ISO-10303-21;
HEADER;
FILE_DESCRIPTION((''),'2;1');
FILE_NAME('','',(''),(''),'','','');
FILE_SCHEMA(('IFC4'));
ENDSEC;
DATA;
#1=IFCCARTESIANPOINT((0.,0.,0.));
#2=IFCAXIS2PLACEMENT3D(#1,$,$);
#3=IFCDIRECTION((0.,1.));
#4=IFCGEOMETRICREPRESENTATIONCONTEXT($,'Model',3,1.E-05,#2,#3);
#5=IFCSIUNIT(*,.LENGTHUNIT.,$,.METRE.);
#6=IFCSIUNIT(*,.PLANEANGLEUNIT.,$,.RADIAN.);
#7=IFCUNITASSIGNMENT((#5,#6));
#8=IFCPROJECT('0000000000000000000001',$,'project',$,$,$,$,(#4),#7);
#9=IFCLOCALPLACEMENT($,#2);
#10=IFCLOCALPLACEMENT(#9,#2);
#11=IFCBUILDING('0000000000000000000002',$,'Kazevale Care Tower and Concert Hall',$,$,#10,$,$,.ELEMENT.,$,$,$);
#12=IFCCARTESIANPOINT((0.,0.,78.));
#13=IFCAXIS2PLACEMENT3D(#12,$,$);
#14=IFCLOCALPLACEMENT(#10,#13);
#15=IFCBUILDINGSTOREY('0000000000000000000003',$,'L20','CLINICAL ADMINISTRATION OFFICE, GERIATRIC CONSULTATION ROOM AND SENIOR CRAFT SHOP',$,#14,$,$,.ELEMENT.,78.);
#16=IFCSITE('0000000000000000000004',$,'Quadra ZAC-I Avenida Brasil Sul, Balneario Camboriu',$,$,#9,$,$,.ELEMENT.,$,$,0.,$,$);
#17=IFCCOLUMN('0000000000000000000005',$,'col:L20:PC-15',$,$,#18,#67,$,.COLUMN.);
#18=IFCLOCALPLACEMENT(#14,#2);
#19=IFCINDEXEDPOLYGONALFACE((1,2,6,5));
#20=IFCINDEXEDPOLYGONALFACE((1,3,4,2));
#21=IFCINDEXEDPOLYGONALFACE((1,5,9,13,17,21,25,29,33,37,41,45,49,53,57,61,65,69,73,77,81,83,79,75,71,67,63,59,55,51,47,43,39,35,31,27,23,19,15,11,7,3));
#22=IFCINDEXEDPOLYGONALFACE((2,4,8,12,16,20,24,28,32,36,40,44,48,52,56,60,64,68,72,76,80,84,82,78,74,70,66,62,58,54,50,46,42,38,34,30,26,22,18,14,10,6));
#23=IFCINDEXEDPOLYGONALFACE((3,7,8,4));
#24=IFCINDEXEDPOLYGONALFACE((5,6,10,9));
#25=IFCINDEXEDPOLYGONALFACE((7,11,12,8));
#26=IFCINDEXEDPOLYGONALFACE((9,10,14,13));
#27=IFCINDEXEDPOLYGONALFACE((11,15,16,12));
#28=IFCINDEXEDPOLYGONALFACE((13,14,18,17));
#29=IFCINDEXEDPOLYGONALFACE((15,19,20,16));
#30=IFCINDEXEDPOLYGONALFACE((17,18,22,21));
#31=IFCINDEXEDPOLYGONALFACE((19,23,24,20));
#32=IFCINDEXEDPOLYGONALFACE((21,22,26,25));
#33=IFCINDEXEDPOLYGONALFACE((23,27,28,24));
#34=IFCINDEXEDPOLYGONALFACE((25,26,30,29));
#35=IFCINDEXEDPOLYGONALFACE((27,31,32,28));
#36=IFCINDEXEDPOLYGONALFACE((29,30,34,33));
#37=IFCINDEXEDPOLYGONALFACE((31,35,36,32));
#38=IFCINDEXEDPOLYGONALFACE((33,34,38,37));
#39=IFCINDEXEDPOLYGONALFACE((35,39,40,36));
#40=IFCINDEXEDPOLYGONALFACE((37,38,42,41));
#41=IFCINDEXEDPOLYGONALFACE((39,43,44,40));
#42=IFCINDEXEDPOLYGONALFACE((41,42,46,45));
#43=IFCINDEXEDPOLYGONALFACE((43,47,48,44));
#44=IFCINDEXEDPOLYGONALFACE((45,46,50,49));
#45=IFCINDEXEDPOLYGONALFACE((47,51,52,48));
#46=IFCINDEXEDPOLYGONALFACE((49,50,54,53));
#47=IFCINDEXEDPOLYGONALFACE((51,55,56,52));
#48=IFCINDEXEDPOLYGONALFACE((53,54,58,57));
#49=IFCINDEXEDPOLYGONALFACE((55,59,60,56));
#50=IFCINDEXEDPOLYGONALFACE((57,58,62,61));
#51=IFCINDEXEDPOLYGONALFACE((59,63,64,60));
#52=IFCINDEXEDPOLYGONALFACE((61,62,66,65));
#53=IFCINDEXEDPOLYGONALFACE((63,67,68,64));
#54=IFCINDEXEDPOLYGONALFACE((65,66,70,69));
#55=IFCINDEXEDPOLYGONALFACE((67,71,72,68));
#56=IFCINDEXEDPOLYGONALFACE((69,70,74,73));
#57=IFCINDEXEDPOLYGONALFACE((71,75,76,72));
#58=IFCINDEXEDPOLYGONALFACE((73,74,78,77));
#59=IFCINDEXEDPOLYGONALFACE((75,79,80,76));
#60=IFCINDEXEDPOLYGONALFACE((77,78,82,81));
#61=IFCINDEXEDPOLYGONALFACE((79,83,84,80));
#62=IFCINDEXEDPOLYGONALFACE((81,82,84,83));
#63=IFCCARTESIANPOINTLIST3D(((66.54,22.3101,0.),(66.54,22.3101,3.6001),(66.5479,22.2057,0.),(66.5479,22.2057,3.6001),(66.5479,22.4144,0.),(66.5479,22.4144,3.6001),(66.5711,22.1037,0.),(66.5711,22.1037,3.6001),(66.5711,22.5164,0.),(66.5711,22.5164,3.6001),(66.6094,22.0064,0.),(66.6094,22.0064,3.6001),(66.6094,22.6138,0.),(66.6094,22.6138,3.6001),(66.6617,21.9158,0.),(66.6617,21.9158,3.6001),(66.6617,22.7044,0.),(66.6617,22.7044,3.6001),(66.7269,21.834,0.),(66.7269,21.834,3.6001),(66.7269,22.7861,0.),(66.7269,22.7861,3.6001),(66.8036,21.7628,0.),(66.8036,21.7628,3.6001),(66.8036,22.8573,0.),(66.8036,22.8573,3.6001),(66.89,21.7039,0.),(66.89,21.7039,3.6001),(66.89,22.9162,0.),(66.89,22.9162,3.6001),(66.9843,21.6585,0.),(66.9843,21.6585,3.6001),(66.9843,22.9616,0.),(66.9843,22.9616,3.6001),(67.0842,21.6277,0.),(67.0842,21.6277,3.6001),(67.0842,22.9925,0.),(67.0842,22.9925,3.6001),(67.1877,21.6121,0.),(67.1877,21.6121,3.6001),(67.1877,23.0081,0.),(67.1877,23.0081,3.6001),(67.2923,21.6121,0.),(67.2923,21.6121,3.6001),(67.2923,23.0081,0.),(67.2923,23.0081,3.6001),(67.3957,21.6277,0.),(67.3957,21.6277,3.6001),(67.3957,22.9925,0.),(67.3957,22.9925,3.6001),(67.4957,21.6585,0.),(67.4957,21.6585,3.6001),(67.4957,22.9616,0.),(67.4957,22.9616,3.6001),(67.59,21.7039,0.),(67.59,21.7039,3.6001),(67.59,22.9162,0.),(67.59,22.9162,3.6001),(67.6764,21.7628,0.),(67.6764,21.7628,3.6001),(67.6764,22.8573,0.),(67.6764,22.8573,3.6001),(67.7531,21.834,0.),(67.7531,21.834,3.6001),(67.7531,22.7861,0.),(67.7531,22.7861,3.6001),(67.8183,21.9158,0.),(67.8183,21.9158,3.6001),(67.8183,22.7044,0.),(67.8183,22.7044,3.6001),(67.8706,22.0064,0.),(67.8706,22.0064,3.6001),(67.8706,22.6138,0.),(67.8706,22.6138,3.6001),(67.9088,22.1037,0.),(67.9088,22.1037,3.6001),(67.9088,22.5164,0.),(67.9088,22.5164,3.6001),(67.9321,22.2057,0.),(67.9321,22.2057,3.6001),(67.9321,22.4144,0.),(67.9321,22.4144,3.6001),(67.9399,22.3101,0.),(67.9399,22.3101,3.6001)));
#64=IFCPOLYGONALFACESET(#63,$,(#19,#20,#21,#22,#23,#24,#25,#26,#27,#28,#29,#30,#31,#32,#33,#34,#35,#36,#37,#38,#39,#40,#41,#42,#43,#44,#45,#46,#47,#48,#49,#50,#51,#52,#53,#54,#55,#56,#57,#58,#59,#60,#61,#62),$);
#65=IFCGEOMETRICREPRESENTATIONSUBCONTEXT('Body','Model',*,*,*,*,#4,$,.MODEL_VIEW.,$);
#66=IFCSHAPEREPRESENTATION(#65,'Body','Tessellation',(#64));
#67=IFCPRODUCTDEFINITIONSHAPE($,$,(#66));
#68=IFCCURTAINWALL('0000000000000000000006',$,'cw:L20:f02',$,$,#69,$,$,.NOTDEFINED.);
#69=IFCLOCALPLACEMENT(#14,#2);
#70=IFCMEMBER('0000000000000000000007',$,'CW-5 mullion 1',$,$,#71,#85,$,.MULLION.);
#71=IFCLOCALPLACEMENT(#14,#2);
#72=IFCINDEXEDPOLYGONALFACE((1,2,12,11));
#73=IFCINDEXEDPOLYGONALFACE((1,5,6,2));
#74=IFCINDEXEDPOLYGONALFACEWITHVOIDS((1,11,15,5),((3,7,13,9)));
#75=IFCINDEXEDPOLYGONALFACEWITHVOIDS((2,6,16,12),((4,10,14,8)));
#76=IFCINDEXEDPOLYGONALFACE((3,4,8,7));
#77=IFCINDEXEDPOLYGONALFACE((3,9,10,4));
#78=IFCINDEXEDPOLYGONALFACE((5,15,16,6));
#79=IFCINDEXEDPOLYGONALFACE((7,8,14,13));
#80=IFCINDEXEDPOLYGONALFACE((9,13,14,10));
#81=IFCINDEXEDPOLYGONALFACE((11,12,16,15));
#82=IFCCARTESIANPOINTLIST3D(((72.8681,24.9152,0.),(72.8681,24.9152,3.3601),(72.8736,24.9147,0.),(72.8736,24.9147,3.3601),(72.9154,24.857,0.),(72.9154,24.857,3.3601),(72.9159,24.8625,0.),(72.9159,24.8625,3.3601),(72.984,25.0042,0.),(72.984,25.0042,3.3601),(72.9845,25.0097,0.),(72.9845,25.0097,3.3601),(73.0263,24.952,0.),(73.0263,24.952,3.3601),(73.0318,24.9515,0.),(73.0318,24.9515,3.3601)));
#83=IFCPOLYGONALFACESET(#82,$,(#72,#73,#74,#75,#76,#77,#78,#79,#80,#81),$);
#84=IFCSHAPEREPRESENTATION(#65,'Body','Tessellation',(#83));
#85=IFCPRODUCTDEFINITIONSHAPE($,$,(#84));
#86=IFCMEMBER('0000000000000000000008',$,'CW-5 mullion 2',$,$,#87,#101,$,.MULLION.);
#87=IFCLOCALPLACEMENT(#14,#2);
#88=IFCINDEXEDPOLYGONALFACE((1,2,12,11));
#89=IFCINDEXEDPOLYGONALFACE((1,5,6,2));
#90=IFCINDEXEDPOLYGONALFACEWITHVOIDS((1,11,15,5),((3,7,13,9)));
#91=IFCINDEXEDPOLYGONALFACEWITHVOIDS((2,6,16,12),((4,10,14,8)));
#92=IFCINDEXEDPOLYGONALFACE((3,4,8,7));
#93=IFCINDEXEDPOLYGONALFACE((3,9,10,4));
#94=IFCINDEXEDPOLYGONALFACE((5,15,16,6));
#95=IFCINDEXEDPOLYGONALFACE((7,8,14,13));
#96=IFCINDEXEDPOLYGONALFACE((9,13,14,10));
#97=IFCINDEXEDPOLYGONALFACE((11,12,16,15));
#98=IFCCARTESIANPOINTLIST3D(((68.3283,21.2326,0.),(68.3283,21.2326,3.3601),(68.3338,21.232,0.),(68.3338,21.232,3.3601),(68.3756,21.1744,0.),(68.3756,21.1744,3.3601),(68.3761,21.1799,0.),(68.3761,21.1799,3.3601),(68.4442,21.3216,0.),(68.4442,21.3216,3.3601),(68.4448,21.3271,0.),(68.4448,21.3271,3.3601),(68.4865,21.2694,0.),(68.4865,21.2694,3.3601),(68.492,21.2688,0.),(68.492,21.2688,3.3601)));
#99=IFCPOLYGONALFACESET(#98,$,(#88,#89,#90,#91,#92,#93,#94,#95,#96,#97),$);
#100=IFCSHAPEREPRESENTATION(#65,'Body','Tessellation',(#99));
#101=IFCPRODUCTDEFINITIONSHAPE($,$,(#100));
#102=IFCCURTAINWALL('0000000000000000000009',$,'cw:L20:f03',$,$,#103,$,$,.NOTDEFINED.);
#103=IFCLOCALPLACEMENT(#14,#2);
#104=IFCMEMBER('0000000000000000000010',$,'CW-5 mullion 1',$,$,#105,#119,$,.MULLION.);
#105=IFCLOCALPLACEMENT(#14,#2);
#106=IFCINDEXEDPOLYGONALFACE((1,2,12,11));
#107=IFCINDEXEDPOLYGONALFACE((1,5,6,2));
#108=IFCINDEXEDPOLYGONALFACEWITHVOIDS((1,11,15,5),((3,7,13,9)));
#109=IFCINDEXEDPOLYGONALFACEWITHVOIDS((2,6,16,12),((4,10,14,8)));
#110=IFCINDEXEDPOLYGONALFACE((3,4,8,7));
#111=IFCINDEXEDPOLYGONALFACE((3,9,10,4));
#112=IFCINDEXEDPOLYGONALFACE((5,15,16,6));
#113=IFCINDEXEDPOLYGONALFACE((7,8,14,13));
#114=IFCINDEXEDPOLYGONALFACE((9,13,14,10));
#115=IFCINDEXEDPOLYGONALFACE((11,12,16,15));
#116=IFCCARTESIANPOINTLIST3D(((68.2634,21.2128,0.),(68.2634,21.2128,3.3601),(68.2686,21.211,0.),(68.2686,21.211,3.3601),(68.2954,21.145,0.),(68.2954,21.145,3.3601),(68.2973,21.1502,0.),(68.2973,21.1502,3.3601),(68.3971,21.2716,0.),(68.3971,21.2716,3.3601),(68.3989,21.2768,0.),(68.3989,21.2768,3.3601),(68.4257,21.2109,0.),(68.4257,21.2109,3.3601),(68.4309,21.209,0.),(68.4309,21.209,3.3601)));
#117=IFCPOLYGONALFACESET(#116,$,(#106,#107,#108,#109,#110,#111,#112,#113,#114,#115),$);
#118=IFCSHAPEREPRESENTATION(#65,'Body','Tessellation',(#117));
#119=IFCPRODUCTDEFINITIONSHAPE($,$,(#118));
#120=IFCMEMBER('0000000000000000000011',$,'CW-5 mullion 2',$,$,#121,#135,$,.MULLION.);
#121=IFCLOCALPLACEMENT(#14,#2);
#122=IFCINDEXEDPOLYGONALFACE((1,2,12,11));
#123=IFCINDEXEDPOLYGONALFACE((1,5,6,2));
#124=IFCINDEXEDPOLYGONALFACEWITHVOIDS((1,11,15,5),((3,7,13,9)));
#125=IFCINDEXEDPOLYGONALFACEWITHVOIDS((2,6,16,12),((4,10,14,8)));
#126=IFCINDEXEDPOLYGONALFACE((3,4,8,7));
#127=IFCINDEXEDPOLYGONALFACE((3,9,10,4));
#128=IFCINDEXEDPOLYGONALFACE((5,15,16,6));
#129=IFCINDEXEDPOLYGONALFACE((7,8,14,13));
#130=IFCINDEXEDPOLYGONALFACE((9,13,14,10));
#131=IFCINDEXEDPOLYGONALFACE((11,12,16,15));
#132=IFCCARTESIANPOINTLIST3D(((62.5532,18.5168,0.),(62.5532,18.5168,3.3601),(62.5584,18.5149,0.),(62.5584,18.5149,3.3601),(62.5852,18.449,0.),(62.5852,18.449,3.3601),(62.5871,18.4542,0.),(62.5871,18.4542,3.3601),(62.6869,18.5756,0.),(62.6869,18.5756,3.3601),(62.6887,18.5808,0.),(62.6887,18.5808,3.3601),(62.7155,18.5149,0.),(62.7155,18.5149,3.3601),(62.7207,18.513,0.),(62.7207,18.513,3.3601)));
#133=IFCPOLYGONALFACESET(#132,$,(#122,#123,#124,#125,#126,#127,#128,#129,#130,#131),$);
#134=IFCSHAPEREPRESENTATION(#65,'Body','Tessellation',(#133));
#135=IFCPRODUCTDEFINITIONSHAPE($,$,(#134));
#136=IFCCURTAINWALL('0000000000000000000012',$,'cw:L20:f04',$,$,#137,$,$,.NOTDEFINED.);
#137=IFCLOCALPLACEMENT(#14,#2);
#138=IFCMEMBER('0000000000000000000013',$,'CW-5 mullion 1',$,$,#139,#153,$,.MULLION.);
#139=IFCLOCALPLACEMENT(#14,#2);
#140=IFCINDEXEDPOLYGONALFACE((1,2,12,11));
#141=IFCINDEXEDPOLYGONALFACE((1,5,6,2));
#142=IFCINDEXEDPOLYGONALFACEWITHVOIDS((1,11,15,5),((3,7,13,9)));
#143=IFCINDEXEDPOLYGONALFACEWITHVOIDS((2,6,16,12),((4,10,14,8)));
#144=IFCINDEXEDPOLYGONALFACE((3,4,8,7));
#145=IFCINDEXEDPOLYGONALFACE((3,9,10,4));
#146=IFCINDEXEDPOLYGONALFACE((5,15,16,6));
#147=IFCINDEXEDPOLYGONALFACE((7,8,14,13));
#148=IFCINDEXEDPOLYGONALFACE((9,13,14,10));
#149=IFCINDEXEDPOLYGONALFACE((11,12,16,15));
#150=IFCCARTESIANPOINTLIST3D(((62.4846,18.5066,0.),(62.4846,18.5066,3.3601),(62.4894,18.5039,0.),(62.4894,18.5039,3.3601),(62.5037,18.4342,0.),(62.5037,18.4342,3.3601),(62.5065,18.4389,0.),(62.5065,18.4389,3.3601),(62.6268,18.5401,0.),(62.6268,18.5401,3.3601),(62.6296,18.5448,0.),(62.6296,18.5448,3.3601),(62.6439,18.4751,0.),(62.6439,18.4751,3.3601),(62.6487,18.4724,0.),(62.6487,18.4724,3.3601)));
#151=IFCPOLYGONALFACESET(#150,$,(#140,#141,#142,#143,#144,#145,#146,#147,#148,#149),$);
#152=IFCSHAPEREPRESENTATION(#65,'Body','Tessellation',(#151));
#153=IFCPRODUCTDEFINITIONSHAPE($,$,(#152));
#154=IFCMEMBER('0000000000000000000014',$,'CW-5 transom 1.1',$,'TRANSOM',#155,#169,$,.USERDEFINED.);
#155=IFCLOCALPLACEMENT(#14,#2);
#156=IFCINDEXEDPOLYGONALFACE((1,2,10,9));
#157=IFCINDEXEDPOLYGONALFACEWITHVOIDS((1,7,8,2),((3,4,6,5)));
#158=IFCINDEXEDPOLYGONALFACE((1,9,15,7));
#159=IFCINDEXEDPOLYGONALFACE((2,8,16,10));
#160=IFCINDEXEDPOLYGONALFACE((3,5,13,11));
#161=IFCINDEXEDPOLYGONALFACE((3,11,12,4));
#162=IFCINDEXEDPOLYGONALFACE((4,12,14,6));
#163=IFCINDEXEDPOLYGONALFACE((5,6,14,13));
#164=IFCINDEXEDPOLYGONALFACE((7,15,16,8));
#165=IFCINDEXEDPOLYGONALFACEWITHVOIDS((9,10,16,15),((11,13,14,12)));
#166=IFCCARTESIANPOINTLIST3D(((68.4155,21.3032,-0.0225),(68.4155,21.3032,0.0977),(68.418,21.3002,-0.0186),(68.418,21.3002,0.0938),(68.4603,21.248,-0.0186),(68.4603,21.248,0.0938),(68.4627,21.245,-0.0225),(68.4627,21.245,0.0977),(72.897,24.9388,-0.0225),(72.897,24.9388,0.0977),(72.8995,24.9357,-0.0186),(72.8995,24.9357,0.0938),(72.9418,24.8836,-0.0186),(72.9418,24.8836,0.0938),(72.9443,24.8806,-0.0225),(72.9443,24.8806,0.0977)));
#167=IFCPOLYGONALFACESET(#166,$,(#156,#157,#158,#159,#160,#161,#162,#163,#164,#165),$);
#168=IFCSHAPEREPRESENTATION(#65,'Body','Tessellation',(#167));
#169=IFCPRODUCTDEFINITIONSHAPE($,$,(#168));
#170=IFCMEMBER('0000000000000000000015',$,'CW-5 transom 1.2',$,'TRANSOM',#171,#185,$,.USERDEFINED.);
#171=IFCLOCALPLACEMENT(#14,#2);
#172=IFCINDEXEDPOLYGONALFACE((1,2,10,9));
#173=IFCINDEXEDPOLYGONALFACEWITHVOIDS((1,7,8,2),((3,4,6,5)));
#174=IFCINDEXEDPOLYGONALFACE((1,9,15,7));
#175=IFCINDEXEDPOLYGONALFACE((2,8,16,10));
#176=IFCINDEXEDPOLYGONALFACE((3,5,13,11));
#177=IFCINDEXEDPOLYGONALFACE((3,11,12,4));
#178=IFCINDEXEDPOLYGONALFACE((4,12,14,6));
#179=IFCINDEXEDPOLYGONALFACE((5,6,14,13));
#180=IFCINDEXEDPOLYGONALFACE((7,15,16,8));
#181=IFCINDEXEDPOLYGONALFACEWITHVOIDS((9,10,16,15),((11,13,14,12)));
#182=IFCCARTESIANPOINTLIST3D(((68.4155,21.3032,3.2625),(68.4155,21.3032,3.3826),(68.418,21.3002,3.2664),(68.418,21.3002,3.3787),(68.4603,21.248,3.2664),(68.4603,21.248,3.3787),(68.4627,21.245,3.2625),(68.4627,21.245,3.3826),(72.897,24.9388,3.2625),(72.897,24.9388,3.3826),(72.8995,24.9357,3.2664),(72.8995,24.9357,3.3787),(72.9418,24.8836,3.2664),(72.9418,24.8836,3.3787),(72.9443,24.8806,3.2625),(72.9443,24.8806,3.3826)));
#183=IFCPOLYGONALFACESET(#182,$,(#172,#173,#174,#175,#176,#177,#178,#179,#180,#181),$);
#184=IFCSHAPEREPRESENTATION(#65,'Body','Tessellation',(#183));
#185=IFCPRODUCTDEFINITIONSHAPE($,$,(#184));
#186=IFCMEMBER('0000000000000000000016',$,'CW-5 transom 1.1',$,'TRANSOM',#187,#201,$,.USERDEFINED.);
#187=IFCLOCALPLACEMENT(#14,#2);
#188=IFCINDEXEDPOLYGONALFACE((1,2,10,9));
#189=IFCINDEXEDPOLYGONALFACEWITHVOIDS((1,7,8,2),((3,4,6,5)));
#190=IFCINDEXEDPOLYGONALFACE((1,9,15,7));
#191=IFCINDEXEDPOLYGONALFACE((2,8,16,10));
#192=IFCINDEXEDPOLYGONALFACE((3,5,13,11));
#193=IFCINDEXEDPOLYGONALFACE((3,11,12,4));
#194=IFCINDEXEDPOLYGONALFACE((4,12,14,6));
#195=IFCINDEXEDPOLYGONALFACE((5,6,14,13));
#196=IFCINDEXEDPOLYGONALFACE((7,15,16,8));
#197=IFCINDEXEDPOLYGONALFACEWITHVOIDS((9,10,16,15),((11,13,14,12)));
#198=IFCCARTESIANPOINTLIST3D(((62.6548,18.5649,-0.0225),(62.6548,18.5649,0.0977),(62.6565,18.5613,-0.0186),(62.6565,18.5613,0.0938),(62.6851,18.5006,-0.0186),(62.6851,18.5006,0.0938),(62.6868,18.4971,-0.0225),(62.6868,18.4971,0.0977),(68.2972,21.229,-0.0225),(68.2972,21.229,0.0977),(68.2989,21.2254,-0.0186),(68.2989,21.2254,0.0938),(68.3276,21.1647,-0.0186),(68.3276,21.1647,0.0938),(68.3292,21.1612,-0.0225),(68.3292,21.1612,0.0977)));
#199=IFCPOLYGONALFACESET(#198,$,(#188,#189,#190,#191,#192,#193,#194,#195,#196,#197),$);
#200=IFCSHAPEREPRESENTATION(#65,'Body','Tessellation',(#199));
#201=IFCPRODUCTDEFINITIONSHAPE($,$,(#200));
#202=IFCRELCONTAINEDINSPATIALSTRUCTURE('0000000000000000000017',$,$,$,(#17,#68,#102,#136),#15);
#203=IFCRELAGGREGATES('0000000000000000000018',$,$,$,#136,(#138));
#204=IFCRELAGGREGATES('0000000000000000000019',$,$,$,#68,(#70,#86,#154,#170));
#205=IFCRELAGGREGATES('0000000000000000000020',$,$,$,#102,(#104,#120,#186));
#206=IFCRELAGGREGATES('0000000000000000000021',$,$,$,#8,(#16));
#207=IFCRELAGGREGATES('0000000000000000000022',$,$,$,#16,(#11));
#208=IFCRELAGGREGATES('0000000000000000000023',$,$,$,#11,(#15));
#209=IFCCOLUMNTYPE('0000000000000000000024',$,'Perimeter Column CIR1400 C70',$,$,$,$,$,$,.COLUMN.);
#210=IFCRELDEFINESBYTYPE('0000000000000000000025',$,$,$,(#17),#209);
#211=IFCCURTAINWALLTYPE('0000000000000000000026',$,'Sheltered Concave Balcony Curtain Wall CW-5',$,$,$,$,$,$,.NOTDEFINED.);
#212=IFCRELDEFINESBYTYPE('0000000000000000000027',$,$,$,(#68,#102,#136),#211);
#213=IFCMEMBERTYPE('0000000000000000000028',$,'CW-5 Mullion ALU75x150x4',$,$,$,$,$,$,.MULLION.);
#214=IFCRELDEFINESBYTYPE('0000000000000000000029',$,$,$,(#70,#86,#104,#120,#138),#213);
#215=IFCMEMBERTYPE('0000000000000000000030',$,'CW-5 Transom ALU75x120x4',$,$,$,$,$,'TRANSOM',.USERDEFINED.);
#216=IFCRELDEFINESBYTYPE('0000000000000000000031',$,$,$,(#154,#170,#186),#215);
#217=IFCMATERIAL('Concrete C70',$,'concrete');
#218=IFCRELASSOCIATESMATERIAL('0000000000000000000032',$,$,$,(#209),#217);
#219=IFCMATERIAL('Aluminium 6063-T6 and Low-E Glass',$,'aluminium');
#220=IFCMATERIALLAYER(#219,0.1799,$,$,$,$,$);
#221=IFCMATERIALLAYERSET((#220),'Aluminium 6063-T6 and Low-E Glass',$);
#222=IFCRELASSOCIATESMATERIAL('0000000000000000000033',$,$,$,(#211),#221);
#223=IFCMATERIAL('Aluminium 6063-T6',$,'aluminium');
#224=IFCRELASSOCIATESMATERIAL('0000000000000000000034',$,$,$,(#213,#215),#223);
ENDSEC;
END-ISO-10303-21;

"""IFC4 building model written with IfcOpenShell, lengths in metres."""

from ifc_helpers import new_model, si_unit, direction, frame, origin, origin_2d, place, context, subcontext, project, spatial, hollow_rectangle, circle, extrude, material, layer, layer_set, material_profile, profile_set, type_object, element, aggregate, save


model = new_model("IFC4")

# Units and contexts
model_context = context("Model", 3, precision=1e-05, world=origin(), true_north=direction((0.0, 1.0)))
body_context = subcontext(model_context, "Body", "Model", "MODEL_VIEW")
ifc_project = project(units=[si_unit("LENGTHUNIT", "METRE"), si_unit("PLANEANGLEUNIT", "RADIAN")], contexts=[model_context])

# Site, building, storey
site_placement = place(None, origin())
site = spatial("IfcSite", under=ifc_project, at=site_placement, Name="Quadra ZAC-I Avenida Brasil Sul, Balneario Camboriu", CompositionType="ELEMENT", RefElevation=0.0)
building_placement = place(site_placement, origin())
building = spatial("IfcBuilding", under=site, at=building_placement, Name="Kazevale Care Tower and Concert Hall", CompositionType="ELEMENT")
storey_placement = place(building_placement, frame((0.0, 0.0, 78.0)))
storey = spatial("IfcBuildingStorey", under=building, at=storey_placement, Name="L20", Description="CLINICAL ADMINISTRATION OFFICE, GERIATRIC CONSULTATION ROOM AND SENIOR CRAFT SHOP", CompositionType="ELEMENT", Elevation=78.0)

# Column
ifc_material_1 = material(Name="Concrete C70", Category="concrete")
ifc_material_profile_1 = material_profile(ifc_material_1, circle(Radius=0.7, at=origin_2d()), Name="RC-CIR1400")
ifc_profile_set_1 = profile_set([ifc_material_profile_1], Name="Concrete C70")
column_type = type_object("IfcColumnType", Name="Perimeter Column CIR1400 C70", PredefinedType="COLUMN", material=ifc_profile_set_1)
column_placement = place(storey_placement, frame((67.24, 22.3101, 0.0), z_axis=(0.0, 0.0, 1.0), x_axis=(1.0, 0.0, 0.0)))
element("IfcColumn", 1, at=column_placement, inside=storey, type_object=column_type, Name="col:L20:PC-15", PredefinedType="COLUMN", context=body_context, shape_type="SweptSolid", body=[
    extrude(circle(Radius=0.7, at=origin_2d()), origin(), (0.0, 0.0, 1.0), 3.6001),
])

# Curtain walls, members
ifc_material_2 = material(Name="Aluminium 6063-T6 and Low-E Glass", Category="aluminium")
ifc_layer_1 = layer(ifc_material_2, 0.1799)
ifc_layer_set_1 = layer_set([ifc_layer_1], Name="Aluminium 6063-T6 and Low-E Glass")
curtain_wall_type = type_object("IfcCurtainWallType", Name="Sheltered Concave Balcony Curtain Wall CW-5", PredefinedType="NOTDEFINED", material=ifc_layer_set_1)
curtain_wall_1_placement = place(storey_placement, origin())
curtain_wall_1 = element("IfcCurtainWall", 2, at=curtain_wall_1_placement, inside=storey, type_object=curtain_wall_type, Name="cw:L20:f02", PredefinedType="NOTDEFINED")
ifc_material_3 = material(Name="Aluminium 6063-T6", Category="aluminium")
ifc_material_profile_2 = material_profile(ifc_material_3, hollow_rectangle(XDim=0.075, YDim=0.1499, WallThickness=0.0039, at=origin_2d()), Name="ALU75x150x4")
ifc_profile_set_2 = profile_set([ifc_material_profile_2], Name="Aluminium 6063-T6")
member_type_1 = type_object("IfcMemberType", Name="CW-5 Mullion ALU75x150x4", PredefinedType="MULLION", material=ifc_profile_set_2)
member_1_placement = place(storey_placement, frame((72.95, 24.9333, 0.0), z_axis=(0.0, 0.0, 1.0), x_axis=(0.629995, -0.776599, 0.0)))
member_1 = element("IfcMember", 3, at=member_1_placement, type_object=member_type_1, Name="CW-5 mullion 1", PredefinedType="MULLION", context=body_context, shape_type="SweptSolid", body=[
    extrude(hollow_rectangle(XDim=0.075, YDim=0.1499, WallThickness=0.0039, at=origin_2d()), origin(), (0.0, 0.0, 1.0), 3.3601),
])
member_2_placement = place(storey_placement, frame((68.4102, 21.2507, 0.0), z_axis=(0.0, 0.0, 1.0), x_axis=(0.629995, -0.776599, 0.0)))
member_2 = element("IfcMember", 4, at=member_2_placement, type_object=member_type_1, Name="CW-5 mullion 2", PredefinedType="MULLION", context=body_context, shape_type="SweptSolid", body=[
    extrude(hollow_rectangle(XDim=0.075, YDim=0.1499, WallThickness=0.0039, at=origin_2d()), origin(), (0.0, 0.0, 1.0), 3.3601),
])
curtain_wall_2_placement = place(storey_placement, origin())
curtain_wall_2 = element("IfcCurtainWall", 5, at=curtain_wall_2_placement, inside=storey, type_object=curtain_wall_type, Name="cw:L20:f03", PredefinedType="NOTDEFINED")
member_3_placement = place(storey_placement, frame((68.3472, 21.2109, 0.0), z_axis=(0.0, 0.0, 1.0), x_axis=(0.426942, -0.904279, 0.0)))
member_3 = element("IfcMember", 6, at=member_3_placement, type_object=member_type_1, Name="CW-5 mullion 1", PredefinedType="MULLION", context=body_context, shape_type="SweptSolid", body=[
    extrude(hollow_rectangle(XDim=0.075, YDim=0.1499, WallThickness=0.0039, at=origin_2d()), origin(), (0.0, 0.0, 1.0), 3.3601),
])
member_4_placement = place(storey_placement, frame((62.637, 18.5149, 0.0), z_axis=(0.0, 0.0, 1.0), x_axis=(0.426942, -0.904279, 0.0)))
member_4 = element("IfcMember", 7, at=member_4_placement, type_object=member_type_1, Name="CW-5 mullion 2", PredefinedType="MULLION", context=body_context, shape_type="SweptSolid", body=[
    extrude(hollow_rectangle(XDim=0.075, YDim=0.1499, WallThickness=0.0039, at=origin_2d()), origin(), (0.0, 0.0, 1.0), 3.3601),
])

# Curtain wall, member
curtain_wall_3_placement = place(storey_placement, origin())
curtain_wall_3 = element("IfcCurtainWall", 8, at=curtain_wall_3_placement, inside=storey, type_object=curtain_wall_type, Name="cw:L20:f04", PredefinedType="NOTDEFINED")
member_5_placement = place(storey_placement, frame((62.5667, 18.4895, 0.0), z_axis=(0.0, 0.0, 1.0), x_axis=(0.254829, -0.966986, 0.0)))
member_5 = element("IfcMember", 9, at=member_5_placement, type_object=member_type_1, Name="CW-5 mullion 1", PredefinedType="MULLION", context=body_context, shape_type="SweptSolid", body=[
    extrude(hollow_rectangle(XDim=0.075, YDim=0.1499, WallThickness=0.0039, at=origin_2d()), origin(), (0.0, 0.0, 1.0), 3.3601),
])

# Members
ifc_material_profile_3 = material_profile(ifc_material_3, hollow_rectangle(XDim=0.075, YDim=0.1201, WallThickness=0.0039, at=origin_2d()), Name="ALU75x120x4")
ifc_profile_set_3 = profile_set([ifc_material_profile_3], Name="Aluminium 6063-T6")
member_type_2 = type_object("IfcMemberType", Name="CW-5 Transom ALU75x120x4", ElementType="TRANSOM", PredefinedType="USERDEFINED", material=ifc_profile_set_3)
member_6_placement = place(storey_placement, frame((72.9207, 24.9097, 0.0376), z_axis=(-0.776595, -0.63, 0.0), x_axis=(0.63, -0.776595, 0.0)))
member_6 = element("IfcMember", 10, at=member_6_placement, type_object=member_type_2, Name="CW-5 transom 1.1", ObjectType="TRANSOM", PredefinedType="USERDEFINED", context=body_context, shape_type="SweptSolid", body=[
    extrude(hollow_rectangle(XDim=0.075, YDim=0.1201, WallThickness=0.0039, at=origin_2d()), origin(), (0.0, 0.0, 1.0), 5.7708),
])
member_7_placement = place(storey_placement, frame((72.9207, 24.9097, 3.3225), z_axis=(-0.776595, -0.63, 0.0), x_axis=(0.63, -0.776595, 0.0)))
member_7 = element("IfcMember", 11, at=member_7_placement, type_object=member_type_2, Name="CW-5 transom 1.2", ObjectType="TRANSOM", PredefinedType="USERDEFINED", context=body_context, shape_type="SweptSolid", body=[
    extrude(hollow_rectangle(XDim=0.075, YDim=0.1201, WallThickness=0.0039, at=origin_2d()), origin(), (0.0, 0.0, 1.0), 5.7708),
])
member_8_placement = place(storey_placement, frame((68.3132, 21.1951, 0.0376), z_axis=(-0.904272, -0.426957, 0.0), x_axis=(0.426957, -0.904272, 0.0)))
member_8 = element("IfcMember", 12, at=member_8_placement, type_object=member_type_2, Name="CW-5 transom 1.1", ObjectType="TRANSOM", PredefinedType="USERDEFINED", context=body_context, shape_type="SweptSolid", body=[
    extrude(hollow_rectangle(XDim=0.075, YDim=0.1201, WallThickness=0.0039, at=origin_2d()), origin(), (0.0, 0.0, 1.0), 6.2397),
])
aggregate(curtain_wall_3, [member_5])

aggregate(curtain_wall_1, [member_1, member_2, member_6, member_7])
aggregate(curtain_wall_2, [member_3, member_4, member_8])

save(model, "model.ifc")
